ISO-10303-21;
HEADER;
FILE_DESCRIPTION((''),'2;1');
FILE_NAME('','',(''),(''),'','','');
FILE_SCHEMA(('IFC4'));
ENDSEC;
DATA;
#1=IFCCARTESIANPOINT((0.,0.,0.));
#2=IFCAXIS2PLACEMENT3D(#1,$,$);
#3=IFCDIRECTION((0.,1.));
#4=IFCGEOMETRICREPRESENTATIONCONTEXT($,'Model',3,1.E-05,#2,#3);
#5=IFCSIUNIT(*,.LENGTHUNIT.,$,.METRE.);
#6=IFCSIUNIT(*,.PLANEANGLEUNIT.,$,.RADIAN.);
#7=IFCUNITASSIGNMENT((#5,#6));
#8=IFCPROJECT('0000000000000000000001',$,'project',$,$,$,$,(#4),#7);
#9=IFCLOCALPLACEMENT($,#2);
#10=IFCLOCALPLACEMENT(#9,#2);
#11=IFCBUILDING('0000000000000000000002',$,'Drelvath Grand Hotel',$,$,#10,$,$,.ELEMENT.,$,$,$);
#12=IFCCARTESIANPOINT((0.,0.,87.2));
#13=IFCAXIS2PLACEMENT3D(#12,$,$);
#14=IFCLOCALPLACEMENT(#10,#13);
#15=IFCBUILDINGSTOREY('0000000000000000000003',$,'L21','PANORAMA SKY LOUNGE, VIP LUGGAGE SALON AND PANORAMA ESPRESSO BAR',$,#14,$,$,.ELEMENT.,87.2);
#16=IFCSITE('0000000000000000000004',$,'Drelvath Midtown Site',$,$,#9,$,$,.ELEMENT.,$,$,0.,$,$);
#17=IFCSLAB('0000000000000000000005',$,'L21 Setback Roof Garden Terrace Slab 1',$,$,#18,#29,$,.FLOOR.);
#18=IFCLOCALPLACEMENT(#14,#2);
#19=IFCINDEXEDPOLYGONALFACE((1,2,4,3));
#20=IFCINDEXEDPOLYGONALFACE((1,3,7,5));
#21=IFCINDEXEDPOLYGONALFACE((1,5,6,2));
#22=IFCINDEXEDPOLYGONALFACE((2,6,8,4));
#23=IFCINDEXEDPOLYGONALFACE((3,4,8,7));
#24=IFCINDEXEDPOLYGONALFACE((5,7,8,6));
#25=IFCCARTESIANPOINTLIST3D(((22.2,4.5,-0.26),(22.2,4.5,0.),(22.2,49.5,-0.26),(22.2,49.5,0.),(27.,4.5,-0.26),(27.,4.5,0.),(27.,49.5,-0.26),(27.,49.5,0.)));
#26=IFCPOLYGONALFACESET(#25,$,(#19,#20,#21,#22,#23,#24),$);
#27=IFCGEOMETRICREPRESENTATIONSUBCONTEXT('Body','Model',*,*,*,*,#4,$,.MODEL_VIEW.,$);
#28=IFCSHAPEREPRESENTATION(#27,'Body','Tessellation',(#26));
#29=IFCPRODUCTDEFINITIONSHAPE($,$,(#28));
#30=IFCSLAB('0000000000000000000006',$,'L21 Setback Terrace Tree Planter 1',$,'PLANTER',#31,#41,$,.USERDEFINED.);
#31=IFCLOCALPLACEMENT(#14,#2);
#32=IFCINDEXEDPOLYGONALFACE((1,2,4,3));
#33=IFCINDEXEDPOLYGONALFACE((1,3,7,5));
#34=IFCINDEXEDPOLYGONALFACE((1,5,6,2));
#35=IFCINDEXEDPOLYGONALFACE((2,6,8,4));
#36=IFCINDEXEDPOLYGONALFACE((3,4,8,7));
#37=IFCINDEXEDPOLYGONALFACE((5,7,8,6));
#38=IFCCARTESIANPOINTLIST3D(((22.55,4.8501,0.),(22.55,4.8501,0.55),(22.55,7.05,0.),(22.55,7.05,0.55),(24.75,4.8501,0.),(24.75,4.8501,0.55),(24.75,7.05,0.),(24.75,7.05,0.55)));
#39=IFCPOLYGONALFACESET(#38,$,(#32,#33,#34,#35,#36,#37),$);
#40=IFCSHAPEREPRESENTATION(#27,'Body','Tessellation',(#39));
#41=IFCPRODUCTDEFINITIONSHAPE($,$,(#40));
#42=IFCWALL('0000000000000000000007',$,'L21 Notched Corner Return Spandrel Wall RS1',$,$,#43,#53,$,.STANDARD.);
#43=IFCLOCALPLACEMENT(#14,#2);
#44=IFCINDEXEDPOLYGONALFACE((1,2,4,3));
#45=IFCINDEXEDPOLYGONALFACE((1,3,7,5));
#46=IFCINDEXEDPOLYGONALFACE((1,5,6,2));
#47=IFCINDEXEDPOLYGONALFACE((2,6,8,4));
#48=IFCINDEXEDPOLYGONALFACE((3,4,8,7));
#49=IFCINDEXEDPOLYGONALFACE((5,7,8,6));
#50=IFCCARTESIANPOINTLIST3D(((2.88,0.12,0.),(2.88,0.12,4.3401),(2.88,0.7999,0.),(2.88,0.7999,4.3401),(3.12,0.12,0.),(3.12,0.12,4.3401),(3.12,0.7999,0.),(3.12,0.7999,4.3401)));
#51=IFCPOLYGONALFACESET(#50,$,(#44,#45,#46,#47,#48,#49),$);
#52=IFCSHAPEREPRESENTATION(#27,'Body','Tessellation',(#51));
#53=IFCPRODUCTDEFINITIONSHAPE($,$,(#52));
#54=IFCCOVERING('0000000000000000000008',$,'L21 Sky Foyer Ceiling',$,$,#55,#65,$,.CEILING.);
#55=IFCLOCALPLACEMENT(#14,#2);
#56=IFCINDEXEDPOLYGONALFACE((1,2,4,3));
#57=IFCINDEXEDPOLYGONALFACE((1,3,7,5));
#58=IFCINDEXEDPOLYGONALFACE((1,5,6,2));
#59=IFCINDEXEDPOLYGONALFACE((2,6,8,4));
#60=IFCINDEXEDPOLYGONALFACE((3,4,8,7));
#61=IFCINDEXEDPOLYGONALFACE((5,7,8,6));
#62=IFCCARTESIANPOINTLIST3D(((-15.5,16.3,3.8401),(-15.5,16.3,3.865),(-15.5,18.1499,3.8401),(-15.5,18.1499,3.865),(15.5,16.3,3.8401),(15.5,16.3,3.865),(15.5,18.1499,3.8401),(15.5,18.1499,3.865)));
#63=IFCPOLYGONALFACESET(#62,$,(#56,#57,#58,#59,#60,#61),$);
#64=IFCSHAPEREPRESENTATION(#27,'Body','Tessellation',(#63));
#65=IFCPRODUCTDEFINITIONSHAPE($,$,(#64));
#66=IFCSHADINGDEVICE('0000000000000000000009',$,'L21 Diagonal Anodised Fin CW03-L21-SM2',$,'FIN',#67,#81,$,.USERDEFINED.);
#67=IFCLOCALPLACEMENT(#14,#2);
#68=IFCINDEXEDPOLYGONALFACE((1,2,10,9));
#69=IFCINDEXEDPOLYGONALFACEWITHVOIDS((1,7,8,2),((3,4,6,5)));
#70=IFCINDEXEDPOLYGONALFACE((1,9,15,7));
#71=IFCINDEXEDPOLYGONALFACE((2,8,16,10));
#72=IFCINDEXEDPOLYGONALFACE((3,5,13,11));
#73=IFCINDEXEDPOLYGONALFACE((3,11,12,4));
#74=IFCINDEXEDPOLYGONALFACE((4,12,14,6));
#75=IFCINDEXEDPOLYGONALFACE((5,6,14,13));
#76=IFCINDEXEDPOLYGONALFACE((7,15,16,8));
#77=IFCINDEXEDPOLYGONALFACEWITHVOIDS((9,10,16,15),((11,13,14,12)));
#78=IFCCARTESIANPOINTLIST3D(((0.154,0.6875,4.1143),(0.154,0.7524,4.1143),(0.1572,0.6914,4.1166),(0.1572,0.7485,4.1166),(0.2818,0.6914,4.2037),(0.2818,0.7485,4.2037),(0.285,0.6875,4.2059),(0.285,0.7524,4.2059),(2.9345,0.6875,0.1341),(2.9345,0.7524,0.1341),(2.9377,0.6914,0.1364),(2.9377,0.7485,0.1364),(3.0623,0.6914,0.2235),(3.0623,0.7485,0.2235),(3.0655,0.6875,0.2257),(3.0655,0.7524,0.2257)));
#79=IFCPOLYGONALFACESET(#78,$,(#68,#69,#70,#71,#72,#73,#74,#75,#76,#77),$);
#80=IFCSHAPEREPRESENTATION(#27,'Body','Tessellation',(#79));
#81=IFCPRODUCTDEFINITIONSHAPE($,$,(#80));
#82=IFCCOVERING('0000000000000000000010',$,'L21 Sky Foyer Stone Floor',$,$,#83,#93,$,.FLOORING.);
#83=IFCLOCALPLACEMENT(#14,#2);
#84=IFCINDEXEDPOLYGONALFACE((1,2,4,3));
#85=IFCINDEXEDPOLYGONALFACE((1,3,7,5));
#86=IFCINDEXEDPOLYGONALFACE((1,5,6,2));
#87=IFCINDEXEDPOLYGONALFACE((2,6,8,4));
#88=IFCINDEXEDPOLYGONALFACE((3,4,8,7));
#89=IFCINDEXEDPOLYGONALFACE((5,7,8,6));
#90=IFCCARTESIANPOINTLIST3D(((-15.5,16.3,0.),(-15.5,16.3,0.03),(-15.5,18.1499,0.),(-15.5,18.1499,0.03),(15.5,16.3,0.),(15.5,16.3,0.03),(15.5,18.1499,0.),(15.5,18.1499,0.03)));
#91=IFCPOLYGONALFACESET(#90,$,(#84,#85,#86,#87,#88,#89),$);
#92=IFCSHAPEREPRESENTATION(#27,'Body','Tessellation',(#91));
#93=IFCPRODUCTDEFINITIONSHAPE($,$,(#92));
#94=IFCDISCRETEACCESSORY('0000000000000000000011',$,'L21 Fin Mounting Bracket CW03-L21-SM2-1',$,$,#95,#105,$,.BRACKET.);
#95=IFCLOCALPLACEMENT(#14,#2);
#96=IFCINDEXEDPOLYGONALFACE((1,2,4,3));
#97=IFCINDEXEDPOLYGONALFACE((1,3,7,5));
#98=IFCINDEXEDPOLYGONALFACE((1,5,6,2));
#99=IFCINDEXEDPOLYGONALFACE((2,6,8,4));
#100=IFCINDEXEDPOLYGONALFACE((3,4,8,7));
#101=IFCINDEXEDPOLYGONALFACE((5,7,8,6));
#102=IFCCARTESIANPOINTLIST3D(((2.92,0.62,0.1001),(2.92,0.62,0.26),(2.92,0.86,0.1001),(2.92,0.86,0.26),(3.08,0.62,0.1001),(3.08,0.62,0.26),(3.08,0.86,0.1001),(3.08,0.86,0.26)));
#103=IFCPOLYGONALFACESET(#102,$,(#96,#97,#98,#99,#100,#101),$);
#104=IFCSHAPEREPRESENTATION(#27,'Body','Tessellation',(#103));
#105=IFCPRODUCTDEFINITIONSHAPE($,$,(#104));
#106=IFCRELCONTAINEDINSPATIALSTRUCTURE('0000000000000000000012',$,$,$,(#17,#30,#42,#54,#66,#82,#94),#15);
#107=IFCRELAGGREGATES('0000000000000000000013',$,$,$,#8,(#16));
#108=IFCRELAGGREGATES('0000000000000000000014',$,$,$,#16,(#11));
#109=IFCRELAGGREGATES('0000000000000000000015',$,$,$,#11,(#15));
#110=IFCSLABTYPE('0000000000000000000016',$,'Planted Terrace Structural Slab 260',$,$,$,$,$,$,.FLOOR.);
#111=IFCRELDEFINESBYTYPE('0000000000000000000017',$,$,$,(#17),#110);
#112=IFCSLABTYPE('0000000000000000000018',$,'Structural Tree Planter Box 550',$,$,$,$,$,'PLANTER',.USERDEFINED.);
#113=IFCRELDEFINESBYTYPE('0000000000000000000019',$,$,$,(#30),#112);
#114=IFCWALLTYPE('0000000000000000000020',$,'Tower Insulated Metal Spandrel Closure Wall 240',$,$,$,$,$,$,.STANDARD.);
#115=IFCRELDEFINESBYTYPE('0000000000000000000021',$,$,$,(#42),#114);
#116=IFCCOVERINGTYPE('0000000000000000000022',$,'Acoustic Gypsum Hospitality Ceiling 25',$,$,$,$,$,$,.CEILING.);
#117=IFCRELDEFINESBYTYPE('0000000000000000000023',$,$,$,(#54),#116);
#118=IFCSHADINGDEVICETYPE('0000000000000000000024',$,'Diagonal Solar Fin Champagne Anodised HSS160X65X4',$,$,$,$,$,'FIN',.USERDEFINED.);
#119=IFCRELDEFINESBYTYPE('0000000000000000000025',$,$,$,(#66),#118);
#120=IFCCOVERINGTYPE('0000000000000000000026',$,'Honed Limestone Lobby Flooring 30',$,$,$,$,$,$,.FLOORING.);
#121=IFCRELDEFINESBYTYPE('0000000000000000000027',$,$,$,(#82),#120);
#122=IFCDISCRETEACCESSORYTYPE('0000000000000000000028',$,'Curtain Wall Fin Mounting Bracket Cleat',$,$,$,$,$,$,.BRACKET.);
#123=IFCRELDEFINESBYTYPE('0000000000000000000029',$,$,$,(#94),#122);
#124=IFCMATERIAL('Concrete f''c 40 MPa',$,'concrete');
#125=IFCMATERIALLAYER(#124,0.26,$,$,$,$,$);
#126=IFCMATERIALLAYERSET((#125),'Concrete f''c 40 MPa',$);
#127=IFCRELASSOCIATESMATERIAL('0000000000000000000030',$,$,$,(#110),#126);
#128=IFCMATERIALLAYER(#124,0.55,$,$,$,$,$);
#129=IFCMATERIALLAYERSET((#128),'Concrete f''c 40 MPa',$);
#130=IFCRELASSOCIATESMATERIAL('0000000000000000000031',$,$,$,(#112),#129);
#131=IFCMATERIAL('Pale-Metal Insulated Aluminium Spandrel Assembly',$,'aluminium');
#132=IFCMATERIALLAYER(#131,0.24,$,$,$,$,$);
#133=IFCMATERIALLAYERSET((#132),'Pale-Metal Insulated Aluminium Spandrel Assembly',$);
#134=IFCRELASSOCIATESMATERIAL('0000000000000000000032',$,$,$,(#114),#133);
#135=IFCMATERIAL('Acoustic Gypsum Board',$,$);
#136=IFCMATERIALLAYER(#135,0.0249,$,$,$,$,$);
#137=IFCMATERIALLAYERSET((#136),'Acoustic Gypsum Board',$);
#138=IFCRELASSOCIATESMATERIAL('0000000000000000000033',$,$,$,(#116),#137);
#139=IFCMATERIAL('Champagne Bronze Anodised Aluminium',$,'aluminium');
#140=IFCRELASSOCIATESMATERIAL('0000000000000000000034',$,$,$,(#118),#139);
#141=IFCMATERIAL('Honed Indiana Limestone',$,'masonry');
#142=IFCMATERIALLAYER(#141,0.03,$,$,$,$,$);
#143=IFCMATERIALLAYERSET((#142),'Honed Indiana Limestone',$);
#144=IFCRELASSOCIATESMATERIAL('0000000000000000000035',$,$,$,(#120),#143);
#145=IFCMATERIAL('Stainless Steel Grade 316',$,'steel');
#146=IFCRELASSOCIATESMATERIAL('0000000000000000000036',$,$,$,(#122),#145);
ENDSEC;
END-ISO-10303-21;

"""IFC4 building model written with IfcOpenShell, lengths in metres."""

from ifc_helpers import new_model, si_unit, direction, frame, frame_2d, origin, origin_2d, place, context, subcontext, project, spatial, polyline, rectangle, hollow_rectangle, outline, extrude, material, layer, layer_set, material_profile, profile_set, type_object, element, save


model = new_model("IFC4")

# Units and contexts
model_context = context("Model", 3, precision=1e-05, world=origin(), true_north=direction((0.0, 1.0)))
body_context = subcontext(model_context, "Body", "Model", "MODEL_VIEW")
ifc_project = project(units=[si_unit("LENGTHUNIT", "METRE"), si_unit("PLANEANGLEUNIT", "RADIAN")], contexts=[model_context])

# Site, building, storey
site_placement = place(None, origin())
site = spatial("IfcSite", under=ifc_project, at=site_placement, Name="Drelvath Midtown Site", CompositionType="ELEMENT", RefElevation=0.0)
building_placement = place(site_placement, origin())
building = spatial("IfcBuilding", under=site, at=building_placement, Name="Drelvath Grand Hotel", CompositionType="ELEMENT")
storey_placement = place(building_placement, frame((0.0, 0.0, 87.2)))
storey = spatial("IfcBuildingStorey", under=building, at=storey_placement, Name="L21", Description="PANORAMA SKY LOUNGE, VIP LUGGAGE SALON AND PANORAMA ESPRESSO BAR", CompositionType="ELEMENT", Elevation=87.2)

# Shared definitions
ifc_material_1 = material(Name="Concrete f'c 40 MPa", Category="concrete")

# Slabs
ifc_layer_1 = layer(ifc_material_1, 0.26)
ifc_layer_set_1 = layer_set([ifc_layer_1], Name="Concrete f'c 40 MPa")
slab_type_1 = type_object("IfcSlabType", Name="Planted Terrace Structural Slab 260", PredefinedType="FLOOR", material=ifc_layer_set_1)
slab_1_placement = place(storey_placement, frame((0.0, 0.0, -0.26)))
element("IfcSlab", 1, at=slab_1_placement, inside=storey, type_object=slab_type_1, Name="L21 Setback Roof Garden Terrace Slab 1", PredefinedType="FLOOR", context=body_context, shape_type="SweptSolid", body=[
    extrude(outline(polyline([(22.2, 4.5), (27.0, 4.5), (27.0, 49.5), (22.2, 49.5), (22.2, 4.5)])), origin(), (0.0, 0.0, 1.0), 0.26),
])
ifc_layer_2 = layer(ifc_material_1, 0.55)
ifc_layer_set_2 = layer_set([ifc_layer_2], Name="Concrete f'c 40 MPa")
slab_type_2 = type_object("IfcSlabType", Name="Structural Tree Planter Box 550", ElementType="PLANTER", PredefinedType="USERDEFINED", material=ifc_layer_set_2)
slab_2_placement = place(storey_placement, origin())
element("IfcSlab", 2, at=slab_2_placement, inside=storey, type_object=slab_type_2, Name="L21 Setback Terrace Tree Planter 1", ObjectType="PLANTER", PredefinedType="USERDEFINED", context=body_context, shape_type="SweptSolid", body=[
    extrude(outline(polyline([(22.55, 4.8501), (24.75, 4.8501), (24.75, 7.05), (22.55, 7.05), (22.55, 4.8501)])), origin(), (0.0, 0.0, 1.0), 0.55),
])

# Wall
ifc_material_2 = material(Name="Pale-Metal Insulated Aluminium Spandrel Assembly", Category="aluminium")
ifc_layer_3 = layer(ifc_material_2, 0.24)
ifc_layer_set_3 = layer_set([ifc_layer_3], Name="Pale-Metal Insulated Aluminium Spandrel Assembly")
wall_type = type_object("IfcWallType", Name="Tower Insulated Metal Spandrel Closure Wall 240", PredefinedType="STANDARD", material=ifc_layer_set_3)
wall_placement = place(storey_placement, frame((3.0, 0.1201, 0.0), z_axis=(0.0, 0.0, 1.0), x_axis=(0.0, 1.0, 0.0)))
element("IfcWall", 3, at=wall_placement, inside=storey, type_object=wall_type, Name="L21 Notched Corner Return Spandrel Wall RS1", PredefinedType="STANDARD", context=body_context, shape_type="SweptSolid", body=[
    extrude(rectangle(XDim=0.6799, YDim=0.24, at=frame_2d((0.3398, 0.0))), origin(), (0.0, 0.0, 1.0), 4.3401),
])

# Covering
ifc_material_3 = material(Name="Acoustic Gypsum Board")
ifc_layer_4 = layer(ifc_material_3, 0.0249)
ifc_layer_set_4 = layer_set([ifc_layer_4], Name="Acoustic Gypsum Board")
covering_type_1 = type_object("IfcCoveringType", Name="Acoustic Gypsum Hospitality Ceiling 25", PredefinedType="CEILING", material=ifc_layer_set_4)
covering_1_placement = place(storey_placement, frame((0.0, 0.0, 3.8401)))
element("IfcCovering", 4, at=covering_1_placement, inside=storey, type_object=covering_type_1, Name="L21 Sky Foyer Ceiling", PredefinedType="CEILING", context=body_context, shape_type="SweptSolid", body=[
    extrude(outline(polyline([(15.5, 16.3), (15.5, 18.1499), (-15.5, 18.1499), (-15.5, 16.3), (15.5, 16.3)])), origin(), (0.0, 0.0, 1.0), 0.0249),
])

# Shading device
ifc_material_4 = material(Name="Champagne Bronze Anodised Aluminium", Category="aluminium")
ifc_material_profile_1 = material_profile(ifc_material_4, hollow_rectangle(XDim=0.0649, YDim=0.1599, WallThickness=0.0039, at=origin_2d()), Name="HSS160X65X4")
ifc_profile_set_1 = profile_set([ifc_material_profile_1], Name="Champagne Bronze Anodised Aluminium")
shading_device_type = type_object("IfcShadingDeviceType", Name="Diagonal Solar Fin Champagne Anodised HSS160X65X4", ElementType="FIN", PredefinedType="USERDEFINED", material=ifc_profile_set_1)
shading_device_placement = place(storey_placement, frame((3.0, 0.72, 0.1799), z_axis=(-0.572683, 0.0, 0.819777), x_axis=(0.0, -1.0, 0.0)))
element("IfcShadingDevice", 5, at=shading_device_placement, inside=storey, type_object=shading_device_type, Name="L21 Diagonal Anodised Fin CW03-L21-SM2", ObjectType="FIN", PredefinedType="USERDEFINED", context=body_context, shape_type="SweptSolid", body=[
    extrude(hollow_rectangle(XDim=0.0649, YDim=0.1599, WallThickness=0.0039, at=origin_2d()), origin(), (0.0, 0.0, 1.0), 4.8552),
])

# Covering
ifc_material_5 = material(Name="Honed Indiana Limestone", Category="masonry")
ifc_layer_5 = layer(ifc_material_5, 0.03)
ifc_layer_set_5 = layer_set([ifc_layer_5], Name="Honed Indiana Limestone")
covering_type_2 = type_object("IfcCoveringType", Name="Honed Limestone Lobby Flooring 30", PredefinedType="FLOORING", material=ifc_layer_set_5)
covering_2_placement = place(storey_placement, origin())
element("IfcCovering", 6, at=covering_2_placement, inside=storey, type_object=covering_type_2, Name="L21 Sky Foyer Stone Floor", PredefinedType="FLOORING", context=body_context, shape_type="SweptSolid", body=[
    extrude(outline(polyline([(15.5, 16.3), (15.5, 18.1499), (-15.5, 18.1499), (-15.5, 16.3), (15.5, 16.3)])), origin(), (0.0, 0.0, 1.0), 0.03),
])

# Discrete accessory
ifc_material_6 = material(Name="Stainless Steel Grade 316", Category="steel")
discrete_accessory_type = type_object("IfcDiscreteAccessoryType", Name="Curtain Wall Fin Mounting Bracket Cleat", PredefinedType="BRACKET", material=ifc_material_6)
discrete_accessory_placement = place(storey_placement, frame((3.0, 0.74, 0.1001), z_axis=(0.0, 0.0, 1.0), x_axis=(-1.0, 0.0, 0.0)))
element("IfcDiscreteAccessory", 7, at=discrete_accessory_placement, inside=storey, type_object=discrete_accessory_type, Name="L21 Fin Mounting Bracket CW03-L21-SM2-1", PredefinedType="BRACKET", context=body_context, shape_type="SweptSolid", body=[
    extrude(rectangle(XDim=0.1599, YDim=0.24, at=origin_2d()), origin(), (0.0, 0.0, 1.0), 0.1599),
])

save(model, "model.ifc")
